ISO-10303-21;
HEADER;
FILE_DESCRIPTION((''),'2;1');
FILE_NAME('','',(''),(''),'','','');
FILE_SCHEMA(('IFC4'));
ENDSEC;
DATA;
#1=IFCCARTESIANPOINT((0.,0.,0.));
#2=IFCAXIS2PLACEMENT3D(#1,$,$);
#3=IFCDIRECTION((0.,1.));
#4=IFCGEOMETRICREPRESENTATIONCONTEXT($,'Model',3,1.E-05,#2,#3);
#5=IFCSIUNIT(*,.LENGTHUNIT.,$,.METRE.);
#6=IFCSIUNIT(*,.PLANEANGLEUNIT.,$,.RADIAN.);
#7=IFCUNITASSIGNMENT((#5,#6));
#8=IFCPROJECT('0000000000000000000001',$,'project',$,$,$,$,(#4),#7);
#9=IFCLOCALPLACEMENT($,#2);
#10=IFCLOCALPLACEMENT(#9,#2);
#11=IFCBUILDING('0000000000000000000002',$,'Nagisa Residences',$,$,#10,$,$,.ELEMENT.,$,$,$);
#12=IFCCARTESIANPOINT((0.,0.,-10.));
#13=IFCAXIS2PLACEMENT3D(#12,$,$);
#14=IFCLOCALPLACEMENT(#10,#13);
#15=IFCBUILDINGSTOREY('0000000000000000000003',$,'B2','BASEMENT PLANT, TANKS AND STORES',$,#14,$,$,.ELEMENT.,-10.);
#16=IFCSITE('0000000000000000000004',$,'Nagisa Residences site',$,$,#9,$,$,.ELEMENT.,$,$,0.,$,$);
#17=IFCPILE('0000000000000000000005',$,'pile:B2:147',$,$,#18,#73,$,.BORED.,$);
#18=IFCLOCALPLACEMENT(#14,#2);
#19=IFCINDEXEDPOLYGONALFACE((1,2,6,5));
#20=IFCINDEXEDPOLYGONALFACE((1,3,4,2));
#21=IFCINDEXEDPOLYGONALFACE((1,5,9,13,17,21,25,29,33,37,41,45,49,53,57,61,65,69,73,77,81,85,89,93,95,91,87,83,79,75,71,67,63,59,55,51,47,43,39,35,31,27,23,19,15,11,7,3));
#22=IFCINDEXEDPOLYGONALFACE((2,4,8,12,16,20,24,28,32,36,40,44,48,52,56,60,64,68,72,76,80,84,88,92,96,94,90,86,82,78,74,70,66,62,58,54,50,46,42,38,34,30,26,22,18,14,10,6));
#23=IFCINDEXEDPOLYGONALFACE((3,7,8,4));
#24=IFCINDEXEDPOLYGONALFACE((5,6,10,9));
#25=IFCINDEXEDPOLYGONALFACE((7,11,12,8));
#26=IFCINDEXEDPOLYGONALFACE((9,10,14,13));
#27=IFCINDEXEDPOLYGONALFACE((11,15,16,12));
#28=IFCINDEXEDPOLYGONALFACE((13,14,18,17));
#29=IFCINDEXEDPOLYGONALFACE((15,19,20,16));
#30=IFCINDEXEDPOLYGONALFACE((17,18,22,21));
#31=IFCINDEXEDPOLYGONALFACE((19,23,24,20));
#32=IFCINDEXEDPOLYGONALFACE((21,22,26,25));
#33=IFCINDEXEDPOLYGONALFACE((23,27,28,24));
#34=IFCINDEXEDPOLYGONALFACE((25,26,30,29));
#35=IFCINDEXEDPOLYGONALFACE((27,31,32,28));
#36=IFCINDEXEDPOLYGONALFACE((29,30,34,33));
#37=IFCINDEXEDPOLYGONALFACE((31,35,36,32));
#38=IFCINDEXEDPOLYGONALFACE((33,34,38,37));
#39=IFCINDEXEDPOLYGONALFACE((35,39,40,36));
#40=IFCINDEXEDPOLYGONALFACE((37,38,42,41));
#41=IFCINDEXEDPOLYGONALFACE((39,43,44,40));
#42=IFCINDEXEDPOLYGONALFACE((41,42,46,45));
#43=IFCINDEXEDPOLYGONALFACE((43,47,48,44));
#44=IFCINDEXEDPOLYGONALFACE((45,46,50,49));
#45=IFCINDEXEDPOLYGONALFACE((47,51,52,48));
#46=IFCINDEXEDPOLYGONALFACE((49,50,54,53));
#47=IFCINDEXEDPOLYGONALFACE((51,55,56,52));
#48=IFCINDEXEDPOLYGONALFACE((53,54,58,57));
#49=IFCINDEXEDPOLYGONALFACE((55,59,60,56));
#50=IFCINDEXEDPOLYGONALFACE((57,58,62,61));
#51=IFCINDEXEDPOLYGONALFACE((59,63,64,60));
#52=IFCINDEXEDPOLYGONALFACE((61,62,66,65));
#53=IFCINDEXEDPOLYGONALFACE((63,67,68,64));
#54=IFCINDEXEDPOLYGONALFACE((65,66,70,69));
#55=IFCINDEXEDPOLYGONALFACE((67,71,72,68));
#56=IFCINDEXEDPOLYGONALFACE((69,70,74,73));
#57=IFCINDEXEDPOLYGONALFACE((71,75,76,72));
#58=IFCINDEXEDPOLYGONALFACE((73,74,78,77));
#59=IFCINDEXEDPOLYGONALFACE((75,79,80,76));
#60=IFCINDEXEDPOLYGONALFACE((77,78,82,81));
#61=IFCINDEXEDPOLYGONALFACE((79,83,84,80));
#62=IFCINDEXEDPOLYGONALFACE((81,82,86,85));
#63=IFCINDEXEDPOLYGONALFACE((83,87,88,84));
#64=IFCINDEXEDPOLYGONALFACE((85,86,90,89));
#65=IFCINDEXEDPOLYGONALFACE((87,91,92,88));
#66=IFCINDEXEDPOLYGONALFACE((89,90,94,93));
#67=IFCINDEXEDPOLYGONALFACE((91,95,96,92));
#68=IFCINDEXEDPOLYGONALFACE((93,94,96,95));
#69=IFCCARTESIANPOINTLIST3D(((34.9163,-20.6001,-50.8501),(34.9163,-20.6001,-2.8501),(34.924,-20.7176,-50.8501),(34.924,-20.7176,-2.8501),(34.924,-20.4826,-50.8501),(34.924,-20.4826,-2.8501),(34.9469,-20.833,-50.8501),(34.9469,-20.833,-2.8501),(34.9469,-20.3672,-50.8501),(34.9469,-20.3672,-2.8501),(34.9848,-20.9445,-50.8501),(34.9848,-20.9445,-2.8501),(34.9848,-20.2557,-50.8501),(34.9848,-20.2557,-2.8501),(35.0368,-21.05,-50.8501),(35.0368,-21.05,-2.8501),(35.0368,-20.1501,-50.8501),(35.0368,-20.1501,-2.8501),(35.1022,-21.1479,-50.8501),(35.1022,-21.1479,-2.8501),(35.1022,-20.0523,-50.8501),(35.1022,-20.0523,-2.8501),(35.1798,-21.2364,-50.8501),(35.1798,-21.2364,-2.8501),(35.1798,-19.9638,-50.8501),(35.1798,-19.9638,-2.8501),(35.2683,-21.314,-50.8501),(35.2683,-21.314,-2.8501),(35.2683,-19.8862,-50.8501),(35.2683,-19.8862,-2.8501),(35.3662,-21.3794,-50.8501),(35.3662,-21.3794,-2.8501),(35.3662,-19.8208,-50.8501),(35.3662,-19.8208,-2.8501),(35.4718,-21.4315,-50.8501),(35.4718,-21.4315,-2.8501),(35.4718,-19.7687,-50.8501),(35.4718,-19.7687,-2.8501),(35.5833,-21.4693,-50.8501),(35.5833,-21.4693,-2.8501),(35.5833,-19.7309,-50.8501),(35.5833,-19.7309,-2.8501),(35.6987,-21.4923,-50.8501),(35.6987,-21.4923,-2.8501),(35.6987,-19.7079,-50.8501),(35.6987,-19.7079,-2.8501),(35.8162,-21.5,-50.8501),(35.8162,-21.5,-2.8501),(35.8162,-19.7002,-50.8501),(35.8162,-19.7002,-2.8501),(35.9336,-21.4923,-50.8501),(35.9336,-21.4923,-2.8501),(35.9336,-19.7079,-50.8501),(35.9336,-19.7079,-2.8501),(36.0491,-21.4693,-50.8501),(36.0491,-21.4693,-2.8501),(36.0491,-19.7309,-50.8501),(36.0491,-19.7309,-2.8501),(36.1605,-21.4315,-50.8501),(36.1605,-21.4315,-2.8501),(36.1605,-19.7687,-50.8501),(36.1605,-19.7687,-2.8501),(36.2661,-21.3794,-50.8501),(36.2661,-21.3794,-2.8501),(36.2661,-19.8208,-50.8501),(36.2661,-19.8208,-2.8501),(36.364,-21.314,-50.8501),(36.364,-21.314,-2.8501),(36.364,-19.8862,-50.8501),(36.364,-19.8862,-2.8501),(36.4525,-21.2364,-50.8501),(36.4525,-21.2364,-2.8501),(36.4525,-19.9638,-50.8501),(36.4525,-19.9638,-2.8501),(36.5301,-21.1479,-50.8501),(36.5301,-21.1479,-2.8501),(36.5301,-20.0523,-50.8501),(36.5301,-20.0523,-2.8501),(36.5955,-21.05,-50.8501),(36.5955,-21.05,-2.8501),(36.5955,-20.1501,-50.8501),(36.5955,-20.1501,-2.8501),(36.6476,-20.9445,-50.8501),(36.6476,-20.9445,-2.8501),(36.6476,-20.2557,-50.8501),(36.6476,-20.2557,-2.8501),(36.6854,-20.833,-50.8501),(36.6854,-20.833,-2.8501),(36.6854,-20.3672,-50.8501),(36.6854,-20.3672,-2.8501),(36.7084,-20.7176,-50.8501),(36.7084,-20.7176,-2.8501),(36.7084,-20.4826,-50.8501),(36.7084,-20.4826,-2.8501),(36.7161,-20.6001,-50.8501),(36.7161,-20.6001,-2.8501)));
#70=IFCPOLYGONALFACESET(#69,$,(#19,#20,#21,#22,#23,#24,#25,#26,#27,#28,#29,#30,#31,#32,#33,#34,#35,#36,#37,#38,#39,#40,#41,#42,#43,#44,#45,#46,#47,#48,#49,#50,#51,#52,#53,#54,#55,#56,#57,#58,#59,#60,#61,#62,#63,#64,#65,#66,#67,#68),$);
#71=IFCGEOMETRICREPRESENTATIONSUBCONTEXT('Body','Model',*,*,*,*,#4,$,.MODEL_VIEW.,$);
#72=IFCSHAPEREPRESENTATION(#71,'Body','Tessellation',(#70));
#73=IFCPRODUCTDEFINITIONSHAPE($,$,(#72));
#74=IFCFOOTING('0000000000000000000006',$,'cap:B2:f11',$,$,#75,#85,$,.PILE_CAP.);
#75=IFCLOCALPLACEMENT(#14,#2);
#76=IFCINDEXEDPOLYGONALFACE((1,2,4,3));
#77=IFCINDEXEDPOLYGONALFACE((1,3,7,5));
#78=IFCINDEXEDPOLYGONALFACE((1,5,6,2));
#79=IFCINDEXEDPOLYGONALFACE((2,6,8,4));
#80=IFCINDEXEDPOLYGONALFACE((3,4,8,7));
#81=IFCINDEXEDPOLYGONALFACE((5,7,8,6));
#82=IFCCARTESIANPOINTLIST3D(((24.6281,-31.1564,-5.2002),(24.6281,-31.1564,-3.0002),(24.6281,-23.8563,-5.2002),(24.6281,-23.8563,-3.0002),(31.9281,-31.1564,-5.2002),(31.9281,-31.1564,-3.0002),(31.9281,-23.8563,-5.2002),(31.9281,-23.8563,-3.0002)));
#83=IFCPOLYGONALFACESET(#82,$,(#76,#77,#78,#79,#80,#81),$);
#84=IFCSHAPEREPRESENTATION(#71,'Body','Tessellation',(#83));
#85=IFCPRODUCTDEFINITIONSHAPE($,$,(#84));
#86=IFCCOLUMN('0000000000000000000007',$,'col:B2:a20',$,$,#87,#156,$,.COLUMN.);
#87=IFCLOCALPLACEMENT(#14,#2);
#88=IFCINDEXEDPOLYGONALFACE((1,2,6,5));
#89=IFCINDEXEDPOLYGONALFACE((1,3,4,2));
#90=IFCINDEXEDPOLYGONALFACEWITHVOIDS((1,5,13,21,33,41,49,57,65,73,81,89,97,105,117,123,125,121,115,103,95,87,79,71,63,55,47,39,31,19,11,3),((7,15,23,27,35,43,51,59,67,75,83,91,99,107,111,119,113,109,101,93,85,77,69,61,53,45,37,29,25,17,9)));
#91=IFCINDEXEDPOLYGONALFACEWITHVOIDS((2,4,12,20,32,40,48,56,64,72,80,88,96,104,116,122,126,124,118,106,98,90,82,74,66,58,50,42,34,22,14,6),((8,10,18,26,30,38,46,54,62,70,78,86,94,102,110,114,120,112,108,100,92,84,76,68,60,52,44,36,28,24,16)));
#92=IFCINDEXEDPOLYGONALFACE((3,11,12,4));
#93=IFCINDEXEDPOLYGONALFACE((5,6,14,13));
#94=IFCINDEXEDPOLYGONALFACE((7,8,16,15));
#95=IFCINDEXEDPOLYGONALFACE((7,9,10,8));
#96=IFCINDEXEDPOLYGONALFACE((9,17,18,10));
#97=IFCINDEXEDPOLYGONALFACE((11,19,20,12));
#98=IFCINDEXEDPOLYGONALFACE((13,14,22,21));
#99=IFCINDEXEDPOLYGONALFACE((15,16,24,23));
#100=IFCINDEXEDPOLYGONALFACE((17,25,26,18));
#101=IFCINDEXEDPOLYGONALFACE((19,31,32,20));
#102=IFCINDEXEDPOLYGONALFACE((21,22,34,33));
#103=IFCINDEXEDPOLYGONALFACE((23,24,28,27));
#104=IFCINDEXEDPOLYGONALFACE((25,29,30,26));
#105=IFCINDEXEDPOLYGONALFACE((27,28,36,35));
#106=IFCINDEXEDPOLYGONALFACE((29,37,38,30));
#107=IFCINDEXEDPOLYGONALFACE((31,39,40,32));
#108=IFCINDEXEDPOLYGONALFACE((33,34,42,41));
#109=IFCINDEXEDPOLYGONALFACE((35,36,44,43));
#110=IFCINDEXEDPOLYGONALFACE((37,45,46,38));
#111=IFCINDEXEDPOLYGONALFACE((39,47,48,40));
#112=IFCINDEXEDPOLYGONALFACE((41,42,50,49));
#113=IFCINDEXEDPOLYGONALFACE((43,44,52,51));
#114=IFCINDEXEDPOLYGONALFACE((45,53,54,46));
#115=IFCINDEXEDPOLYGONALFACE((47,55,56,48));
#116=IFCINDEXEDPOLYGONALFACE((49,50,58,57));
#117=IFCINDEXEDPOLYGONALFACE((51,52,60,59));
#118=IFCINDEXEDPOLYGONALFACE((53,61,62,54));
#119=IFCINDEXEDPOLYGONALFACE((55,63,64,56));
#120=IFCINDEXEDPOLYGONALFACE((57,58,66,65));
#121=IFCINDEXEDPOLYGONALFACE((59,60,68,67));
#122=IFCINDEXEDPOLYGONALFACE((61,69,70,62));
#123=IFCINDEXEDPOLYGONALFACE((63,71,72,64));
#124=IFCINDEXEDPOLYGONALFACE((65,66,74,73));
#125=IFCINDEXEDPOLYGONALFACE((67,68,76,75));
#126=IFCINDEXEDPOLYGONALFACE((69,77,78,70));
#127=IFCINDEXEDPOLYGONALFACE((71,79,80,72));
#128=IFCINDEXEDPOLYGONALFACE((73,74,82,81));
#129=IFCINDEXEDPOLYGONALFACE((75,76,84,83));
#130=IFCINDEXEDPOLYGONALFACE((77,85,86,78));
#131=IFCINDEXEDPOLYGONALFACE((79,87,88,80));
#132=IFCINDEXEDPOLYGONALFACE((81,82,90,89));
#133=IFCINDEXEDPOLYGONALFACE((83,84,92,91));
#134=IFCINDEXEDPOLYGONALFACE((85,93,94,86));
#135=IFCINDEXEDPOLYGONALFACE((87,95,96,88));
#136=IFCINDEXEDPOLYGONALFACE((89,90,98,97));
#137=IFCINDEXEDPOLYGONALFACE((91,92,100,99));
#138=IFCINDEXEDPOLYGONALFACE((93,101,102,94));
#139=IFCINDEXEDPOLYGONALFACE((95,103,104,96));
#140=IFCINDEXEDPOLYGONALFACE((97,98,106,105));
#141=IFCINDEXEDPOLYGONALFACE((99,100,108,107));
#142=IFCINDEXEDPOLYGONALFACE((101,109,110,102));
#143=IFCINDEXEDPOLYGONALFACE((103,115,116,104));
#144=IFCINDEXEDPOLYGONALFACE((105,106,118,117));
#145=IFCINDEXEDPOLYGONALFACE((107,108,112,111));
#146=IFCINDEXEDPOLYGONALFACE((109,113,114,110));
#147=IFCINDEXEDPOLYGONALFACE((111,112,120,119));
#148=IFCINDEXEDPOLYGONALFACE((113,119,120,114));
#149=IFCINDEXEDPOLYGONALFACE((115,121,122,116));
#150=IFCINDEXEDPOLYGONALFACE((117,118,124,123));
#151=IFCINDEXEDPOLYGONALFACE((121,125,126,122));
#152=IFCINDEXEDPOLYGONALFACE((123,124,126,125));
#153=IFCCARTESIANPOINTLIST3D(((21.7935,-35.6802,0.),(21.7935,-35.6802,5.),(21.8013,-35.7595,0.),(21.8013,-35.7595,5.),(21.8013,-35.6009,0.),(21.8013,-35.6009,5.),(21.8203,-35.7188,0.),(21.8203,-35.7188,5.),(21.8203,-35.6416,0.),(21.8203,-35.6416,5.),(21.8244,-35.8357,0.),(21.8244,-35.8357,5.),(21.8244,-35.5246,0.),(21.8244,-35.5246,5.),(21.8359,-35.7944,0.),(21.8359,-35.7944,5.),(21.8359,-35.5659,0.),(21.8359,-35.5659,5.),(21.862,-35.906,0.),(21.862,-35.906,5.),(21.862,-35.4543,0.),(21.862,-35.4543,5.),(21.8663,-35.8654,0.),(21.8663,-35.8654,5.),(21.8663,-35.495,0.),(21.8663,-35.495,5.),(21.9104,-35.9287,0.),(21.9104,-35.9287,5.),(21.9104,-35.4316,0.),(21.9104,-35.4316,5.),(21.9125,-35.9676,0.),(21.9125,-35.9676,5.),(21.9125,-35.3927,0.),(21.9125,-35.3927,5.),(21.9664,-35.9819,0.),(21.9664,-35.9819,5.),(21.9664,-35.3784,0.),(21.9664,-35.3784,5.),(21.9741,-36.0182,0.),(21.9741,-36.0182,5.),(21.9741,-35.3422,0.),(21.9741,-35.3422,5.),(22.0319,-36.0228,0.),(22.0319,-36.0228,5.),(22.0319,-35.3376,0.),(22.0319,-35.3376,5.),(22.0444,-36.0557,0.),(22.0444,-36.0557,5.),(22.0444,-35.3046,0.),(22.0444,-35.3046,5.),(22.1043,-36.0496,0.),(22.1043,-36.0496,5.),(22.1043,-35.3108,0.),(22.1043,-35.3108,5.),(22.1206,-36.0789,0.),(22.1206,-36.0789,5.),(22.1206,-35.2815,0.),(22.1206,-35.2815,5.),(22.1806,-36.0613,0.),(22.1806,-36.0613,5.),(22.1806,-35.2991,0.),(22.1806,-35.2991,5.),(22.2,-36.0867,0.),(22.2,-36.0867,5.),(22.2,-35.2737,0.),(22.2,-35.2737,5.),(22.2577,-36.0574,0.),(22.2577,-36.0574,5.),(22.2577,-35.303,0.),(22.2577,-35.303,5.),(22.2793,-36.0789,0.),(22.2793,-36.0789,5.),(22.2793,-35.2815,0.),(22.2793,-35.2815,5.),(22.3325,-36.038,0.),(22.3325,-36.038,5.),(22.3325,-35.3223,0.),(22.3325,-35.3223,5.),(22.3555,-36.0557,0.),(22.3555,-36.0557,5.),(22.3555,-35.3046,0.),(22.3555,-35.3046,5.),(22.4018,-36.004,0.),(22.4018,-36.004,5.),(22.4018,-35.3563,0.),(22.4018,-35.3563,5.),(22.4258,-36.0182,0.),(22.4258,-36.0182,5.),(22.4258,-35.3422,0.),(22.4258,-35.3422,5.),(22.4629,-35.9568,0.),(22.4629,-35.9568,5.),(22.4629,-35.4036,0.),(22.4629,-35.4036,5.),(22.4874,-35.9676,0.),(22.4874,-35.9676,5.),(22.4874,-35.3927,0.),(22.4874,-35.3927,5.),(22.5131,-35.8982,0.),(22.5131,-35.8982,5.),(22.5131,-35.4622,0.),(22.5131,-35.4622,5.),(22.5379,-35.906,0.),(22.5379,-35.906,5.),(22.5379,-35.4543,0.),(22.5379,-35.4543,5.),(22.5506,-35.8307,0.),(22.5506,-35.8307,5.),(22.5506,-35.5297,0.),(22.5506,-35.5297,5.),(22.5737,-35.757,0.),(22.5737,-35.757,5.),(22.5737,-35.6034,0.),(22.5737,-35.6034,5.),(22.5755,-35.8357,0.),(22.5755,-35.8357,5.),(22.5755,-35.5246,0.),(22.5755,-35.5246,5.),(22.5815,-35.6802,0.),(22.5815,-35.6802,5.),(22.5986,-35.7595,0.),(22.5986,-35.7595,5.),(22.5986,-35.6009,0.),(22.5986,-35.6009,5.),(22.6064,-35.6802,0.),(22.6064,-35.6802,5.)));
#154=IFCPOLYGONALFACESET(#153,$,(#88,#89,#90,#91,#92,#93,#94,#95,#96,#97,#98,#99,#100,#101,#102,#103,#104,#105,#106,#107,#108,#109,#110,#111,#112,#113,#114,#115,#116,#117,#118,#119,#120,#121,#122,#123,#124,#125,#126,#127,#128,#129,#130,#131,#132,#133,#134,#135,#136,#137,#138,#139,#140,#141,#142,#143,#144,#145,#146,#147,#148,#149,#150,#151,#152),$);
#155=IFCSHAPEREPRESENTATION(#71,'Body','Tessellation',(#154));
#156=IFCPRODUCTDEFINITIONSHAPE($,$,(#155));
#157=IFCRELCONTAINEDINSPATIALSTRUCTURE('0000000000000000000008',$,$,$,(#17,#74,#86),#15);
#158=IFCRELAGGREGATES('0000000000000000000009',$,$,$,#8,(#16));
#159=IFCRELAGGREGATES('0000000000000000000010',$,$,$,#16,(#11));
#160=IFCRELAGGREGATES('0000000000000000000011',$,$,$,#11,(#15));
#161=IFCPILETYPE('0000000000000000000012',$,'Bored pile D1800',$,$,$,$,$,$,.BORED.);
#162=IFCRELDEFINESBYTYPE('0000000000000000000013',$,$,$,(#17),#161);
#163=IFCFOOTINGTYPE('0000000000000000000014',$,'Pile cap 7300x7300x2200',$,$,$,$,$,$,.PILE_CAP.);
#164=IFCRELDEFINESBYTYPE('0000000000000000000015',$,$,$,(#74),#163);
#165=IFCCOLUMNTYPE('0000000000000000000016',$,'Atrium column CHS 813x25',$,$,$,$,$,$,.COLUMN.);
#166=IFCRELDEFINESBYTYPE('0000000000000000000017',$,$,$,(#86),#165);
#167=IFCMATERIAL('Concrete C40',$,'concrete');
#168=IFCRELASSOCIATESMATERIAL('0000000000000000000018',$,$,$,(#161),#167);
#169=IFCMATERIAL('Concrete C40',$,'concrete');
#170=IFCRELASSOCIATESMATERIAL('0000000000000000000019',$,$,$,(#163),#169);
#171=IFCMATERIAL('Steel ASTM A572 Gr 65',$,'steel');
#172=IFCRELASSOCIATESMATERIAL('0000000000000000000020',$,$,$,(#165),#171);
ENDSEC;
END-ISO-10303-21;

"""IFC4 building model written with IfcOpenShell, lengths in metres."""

from ifc_helpers import new_model, si_unit, direction, frame, origin, origin_2d, place, context, subcontext, project, spatial, rectangle, circle, hollow_circle, extrude, material, material_profile, profile_set, type_object, element, save


model = new_model("IFC4")

# Units and contexts
model_context = context("Model", 3, precision=1e-05, world=origin(), true_north=direction((0.0, 1.0)))
body_context = subcontext(model_context, "Body", "Model", "MODEL_VIEW")
ifc_project = project(units=[si_unit("LENGTHUNIT", "METRE"), si_unit("PLANEANGLEUNIT", "RADIAN")], contexts=[model_context])

# Site, building, storey
site_placement = place(None, origin())
site = spatial("IfcSite", under=ifc_project, at=site_placement, Name="Nagisa Residences site", CompositionType="ELEMENT", RefElevation=0.0)
building_placement = place(site_placement, origin())
building = spatial("IfcBuilding", under=site, at=building_placement, Name="Nagisa Residences", CompositionType="ELEMENT")
storey_placement = place(building_placement, frame((0.0, 0.0, -10.0)))
storey = spatial("IfcBuildingStorey", under=building, at=storey_placement, Name="B2", Description="BASEMENT PLANT, TANKS AND STORES", CompositionType="ELEMENT", Elevation=-10.0)

# Pile
ifc_material_1 = material(Name="Concrete C40", Category="concrete")
ifc_material_profile_1 = material_profile(ifc_material_1, circle(Radius=0.8999, at=origin_2d()), Name="Bored pile D1800")
ifc_profile_set_1 = profile_set([ifc_material_profile_1], Name="Concrete C40")
pile_type = type_object("IfcPileType", Name="Bored pile D1800", PredefinedType="BORED", material=ifc_profile_set_1)
for number, where, z_axis, x_axis, name in (
    (1, (35.8162, -20.6001, -2.8501), (0.0, 0.0, -1.0), (1.0, 0.0, 0.0), "pile:B2:147"),
):
    element("IfcPile", number, at=place(storey_placement, frame(where, z_axis=z_axis, x_axis=x_axis)), inside=storey, type_object=pile_type, Name=name, PredefinedType="BORED", context=body_context, shape_type="SweptSolid", body=[
        extrude(circle(Radius=0.8999, at=origin_2d()), origin(), (0.0, 0.0, 1.0), 48.0),
    ])

# Footing
ifc_material_2 = material(Name="Concrete C40", Category="concrete")
footing_type = type_object("IfcFootingType", Name="Pile cap 7300x7300x2200", PredefinedType="PILE_CAP", material=ifc_material_2)
footing_placement = place(storey_placement, frame((28.2781, -27.5063, -5.2002), z_axis=(0.0, 0.0, 1.0), x_axis=(1.0, 0.0, 0.0)))
element("IfcFooting", 2, at=footing_placement, inside=storey, type_object=footing_type, Name="cap:B2:f11", PredefinedType="PILE_CAP", context=body_context, shape_type="SweptSolid", body=[
    extrude(rectangle(XDim=7.3, YDim=7.3, at=origin_2d()), origin(), (0.0, 0.0, 1.0), 2.2),
])

# Column
ifc_material_3 = material(Name="Steel ASTM A572 Gr 65", Category="steel")
ifc_material_profile_2 = material_profile(ifc_material_3, hollow_circle(Radius=0.4065, WallThickness=0.0249, at=origin_2d()), Name="CHS 813x25")
ifc_profile_set_2 = profile_set([ifc_material_profile_2], Name="Steel ASTM A572 Gr 65")
column_type_1 = type_object("IfcColumnType", Name="Atrium column CHS 813x25", PredefinedType="COLUMN", material=ifc_profile_set_2)
for number, where, z_axis, x_axis, name in (
    (3, (22.2, -35.6802, 0.0), (0.0, 0.0, 1.0), (1.0, 0.0, 0.0), "col:B2:a20"),
):
    element("IfcColumn", number, at=place(storey_placement, frame(where, z_axis=z_axis, x_axis=x_axis)), inside=storey, type_object=column_type_1, Name=name, PredefinedType="COLUMN", context=body_context, shape_type="SweptSolid", body=[
        extrude(hollow_circle(Radius=0.4065, WallThickness=0.0249, at=origin_2d()), origin(), (0.0, 0.0, 1.0), 5.0),
    ])

save(model, "model.ifc")
